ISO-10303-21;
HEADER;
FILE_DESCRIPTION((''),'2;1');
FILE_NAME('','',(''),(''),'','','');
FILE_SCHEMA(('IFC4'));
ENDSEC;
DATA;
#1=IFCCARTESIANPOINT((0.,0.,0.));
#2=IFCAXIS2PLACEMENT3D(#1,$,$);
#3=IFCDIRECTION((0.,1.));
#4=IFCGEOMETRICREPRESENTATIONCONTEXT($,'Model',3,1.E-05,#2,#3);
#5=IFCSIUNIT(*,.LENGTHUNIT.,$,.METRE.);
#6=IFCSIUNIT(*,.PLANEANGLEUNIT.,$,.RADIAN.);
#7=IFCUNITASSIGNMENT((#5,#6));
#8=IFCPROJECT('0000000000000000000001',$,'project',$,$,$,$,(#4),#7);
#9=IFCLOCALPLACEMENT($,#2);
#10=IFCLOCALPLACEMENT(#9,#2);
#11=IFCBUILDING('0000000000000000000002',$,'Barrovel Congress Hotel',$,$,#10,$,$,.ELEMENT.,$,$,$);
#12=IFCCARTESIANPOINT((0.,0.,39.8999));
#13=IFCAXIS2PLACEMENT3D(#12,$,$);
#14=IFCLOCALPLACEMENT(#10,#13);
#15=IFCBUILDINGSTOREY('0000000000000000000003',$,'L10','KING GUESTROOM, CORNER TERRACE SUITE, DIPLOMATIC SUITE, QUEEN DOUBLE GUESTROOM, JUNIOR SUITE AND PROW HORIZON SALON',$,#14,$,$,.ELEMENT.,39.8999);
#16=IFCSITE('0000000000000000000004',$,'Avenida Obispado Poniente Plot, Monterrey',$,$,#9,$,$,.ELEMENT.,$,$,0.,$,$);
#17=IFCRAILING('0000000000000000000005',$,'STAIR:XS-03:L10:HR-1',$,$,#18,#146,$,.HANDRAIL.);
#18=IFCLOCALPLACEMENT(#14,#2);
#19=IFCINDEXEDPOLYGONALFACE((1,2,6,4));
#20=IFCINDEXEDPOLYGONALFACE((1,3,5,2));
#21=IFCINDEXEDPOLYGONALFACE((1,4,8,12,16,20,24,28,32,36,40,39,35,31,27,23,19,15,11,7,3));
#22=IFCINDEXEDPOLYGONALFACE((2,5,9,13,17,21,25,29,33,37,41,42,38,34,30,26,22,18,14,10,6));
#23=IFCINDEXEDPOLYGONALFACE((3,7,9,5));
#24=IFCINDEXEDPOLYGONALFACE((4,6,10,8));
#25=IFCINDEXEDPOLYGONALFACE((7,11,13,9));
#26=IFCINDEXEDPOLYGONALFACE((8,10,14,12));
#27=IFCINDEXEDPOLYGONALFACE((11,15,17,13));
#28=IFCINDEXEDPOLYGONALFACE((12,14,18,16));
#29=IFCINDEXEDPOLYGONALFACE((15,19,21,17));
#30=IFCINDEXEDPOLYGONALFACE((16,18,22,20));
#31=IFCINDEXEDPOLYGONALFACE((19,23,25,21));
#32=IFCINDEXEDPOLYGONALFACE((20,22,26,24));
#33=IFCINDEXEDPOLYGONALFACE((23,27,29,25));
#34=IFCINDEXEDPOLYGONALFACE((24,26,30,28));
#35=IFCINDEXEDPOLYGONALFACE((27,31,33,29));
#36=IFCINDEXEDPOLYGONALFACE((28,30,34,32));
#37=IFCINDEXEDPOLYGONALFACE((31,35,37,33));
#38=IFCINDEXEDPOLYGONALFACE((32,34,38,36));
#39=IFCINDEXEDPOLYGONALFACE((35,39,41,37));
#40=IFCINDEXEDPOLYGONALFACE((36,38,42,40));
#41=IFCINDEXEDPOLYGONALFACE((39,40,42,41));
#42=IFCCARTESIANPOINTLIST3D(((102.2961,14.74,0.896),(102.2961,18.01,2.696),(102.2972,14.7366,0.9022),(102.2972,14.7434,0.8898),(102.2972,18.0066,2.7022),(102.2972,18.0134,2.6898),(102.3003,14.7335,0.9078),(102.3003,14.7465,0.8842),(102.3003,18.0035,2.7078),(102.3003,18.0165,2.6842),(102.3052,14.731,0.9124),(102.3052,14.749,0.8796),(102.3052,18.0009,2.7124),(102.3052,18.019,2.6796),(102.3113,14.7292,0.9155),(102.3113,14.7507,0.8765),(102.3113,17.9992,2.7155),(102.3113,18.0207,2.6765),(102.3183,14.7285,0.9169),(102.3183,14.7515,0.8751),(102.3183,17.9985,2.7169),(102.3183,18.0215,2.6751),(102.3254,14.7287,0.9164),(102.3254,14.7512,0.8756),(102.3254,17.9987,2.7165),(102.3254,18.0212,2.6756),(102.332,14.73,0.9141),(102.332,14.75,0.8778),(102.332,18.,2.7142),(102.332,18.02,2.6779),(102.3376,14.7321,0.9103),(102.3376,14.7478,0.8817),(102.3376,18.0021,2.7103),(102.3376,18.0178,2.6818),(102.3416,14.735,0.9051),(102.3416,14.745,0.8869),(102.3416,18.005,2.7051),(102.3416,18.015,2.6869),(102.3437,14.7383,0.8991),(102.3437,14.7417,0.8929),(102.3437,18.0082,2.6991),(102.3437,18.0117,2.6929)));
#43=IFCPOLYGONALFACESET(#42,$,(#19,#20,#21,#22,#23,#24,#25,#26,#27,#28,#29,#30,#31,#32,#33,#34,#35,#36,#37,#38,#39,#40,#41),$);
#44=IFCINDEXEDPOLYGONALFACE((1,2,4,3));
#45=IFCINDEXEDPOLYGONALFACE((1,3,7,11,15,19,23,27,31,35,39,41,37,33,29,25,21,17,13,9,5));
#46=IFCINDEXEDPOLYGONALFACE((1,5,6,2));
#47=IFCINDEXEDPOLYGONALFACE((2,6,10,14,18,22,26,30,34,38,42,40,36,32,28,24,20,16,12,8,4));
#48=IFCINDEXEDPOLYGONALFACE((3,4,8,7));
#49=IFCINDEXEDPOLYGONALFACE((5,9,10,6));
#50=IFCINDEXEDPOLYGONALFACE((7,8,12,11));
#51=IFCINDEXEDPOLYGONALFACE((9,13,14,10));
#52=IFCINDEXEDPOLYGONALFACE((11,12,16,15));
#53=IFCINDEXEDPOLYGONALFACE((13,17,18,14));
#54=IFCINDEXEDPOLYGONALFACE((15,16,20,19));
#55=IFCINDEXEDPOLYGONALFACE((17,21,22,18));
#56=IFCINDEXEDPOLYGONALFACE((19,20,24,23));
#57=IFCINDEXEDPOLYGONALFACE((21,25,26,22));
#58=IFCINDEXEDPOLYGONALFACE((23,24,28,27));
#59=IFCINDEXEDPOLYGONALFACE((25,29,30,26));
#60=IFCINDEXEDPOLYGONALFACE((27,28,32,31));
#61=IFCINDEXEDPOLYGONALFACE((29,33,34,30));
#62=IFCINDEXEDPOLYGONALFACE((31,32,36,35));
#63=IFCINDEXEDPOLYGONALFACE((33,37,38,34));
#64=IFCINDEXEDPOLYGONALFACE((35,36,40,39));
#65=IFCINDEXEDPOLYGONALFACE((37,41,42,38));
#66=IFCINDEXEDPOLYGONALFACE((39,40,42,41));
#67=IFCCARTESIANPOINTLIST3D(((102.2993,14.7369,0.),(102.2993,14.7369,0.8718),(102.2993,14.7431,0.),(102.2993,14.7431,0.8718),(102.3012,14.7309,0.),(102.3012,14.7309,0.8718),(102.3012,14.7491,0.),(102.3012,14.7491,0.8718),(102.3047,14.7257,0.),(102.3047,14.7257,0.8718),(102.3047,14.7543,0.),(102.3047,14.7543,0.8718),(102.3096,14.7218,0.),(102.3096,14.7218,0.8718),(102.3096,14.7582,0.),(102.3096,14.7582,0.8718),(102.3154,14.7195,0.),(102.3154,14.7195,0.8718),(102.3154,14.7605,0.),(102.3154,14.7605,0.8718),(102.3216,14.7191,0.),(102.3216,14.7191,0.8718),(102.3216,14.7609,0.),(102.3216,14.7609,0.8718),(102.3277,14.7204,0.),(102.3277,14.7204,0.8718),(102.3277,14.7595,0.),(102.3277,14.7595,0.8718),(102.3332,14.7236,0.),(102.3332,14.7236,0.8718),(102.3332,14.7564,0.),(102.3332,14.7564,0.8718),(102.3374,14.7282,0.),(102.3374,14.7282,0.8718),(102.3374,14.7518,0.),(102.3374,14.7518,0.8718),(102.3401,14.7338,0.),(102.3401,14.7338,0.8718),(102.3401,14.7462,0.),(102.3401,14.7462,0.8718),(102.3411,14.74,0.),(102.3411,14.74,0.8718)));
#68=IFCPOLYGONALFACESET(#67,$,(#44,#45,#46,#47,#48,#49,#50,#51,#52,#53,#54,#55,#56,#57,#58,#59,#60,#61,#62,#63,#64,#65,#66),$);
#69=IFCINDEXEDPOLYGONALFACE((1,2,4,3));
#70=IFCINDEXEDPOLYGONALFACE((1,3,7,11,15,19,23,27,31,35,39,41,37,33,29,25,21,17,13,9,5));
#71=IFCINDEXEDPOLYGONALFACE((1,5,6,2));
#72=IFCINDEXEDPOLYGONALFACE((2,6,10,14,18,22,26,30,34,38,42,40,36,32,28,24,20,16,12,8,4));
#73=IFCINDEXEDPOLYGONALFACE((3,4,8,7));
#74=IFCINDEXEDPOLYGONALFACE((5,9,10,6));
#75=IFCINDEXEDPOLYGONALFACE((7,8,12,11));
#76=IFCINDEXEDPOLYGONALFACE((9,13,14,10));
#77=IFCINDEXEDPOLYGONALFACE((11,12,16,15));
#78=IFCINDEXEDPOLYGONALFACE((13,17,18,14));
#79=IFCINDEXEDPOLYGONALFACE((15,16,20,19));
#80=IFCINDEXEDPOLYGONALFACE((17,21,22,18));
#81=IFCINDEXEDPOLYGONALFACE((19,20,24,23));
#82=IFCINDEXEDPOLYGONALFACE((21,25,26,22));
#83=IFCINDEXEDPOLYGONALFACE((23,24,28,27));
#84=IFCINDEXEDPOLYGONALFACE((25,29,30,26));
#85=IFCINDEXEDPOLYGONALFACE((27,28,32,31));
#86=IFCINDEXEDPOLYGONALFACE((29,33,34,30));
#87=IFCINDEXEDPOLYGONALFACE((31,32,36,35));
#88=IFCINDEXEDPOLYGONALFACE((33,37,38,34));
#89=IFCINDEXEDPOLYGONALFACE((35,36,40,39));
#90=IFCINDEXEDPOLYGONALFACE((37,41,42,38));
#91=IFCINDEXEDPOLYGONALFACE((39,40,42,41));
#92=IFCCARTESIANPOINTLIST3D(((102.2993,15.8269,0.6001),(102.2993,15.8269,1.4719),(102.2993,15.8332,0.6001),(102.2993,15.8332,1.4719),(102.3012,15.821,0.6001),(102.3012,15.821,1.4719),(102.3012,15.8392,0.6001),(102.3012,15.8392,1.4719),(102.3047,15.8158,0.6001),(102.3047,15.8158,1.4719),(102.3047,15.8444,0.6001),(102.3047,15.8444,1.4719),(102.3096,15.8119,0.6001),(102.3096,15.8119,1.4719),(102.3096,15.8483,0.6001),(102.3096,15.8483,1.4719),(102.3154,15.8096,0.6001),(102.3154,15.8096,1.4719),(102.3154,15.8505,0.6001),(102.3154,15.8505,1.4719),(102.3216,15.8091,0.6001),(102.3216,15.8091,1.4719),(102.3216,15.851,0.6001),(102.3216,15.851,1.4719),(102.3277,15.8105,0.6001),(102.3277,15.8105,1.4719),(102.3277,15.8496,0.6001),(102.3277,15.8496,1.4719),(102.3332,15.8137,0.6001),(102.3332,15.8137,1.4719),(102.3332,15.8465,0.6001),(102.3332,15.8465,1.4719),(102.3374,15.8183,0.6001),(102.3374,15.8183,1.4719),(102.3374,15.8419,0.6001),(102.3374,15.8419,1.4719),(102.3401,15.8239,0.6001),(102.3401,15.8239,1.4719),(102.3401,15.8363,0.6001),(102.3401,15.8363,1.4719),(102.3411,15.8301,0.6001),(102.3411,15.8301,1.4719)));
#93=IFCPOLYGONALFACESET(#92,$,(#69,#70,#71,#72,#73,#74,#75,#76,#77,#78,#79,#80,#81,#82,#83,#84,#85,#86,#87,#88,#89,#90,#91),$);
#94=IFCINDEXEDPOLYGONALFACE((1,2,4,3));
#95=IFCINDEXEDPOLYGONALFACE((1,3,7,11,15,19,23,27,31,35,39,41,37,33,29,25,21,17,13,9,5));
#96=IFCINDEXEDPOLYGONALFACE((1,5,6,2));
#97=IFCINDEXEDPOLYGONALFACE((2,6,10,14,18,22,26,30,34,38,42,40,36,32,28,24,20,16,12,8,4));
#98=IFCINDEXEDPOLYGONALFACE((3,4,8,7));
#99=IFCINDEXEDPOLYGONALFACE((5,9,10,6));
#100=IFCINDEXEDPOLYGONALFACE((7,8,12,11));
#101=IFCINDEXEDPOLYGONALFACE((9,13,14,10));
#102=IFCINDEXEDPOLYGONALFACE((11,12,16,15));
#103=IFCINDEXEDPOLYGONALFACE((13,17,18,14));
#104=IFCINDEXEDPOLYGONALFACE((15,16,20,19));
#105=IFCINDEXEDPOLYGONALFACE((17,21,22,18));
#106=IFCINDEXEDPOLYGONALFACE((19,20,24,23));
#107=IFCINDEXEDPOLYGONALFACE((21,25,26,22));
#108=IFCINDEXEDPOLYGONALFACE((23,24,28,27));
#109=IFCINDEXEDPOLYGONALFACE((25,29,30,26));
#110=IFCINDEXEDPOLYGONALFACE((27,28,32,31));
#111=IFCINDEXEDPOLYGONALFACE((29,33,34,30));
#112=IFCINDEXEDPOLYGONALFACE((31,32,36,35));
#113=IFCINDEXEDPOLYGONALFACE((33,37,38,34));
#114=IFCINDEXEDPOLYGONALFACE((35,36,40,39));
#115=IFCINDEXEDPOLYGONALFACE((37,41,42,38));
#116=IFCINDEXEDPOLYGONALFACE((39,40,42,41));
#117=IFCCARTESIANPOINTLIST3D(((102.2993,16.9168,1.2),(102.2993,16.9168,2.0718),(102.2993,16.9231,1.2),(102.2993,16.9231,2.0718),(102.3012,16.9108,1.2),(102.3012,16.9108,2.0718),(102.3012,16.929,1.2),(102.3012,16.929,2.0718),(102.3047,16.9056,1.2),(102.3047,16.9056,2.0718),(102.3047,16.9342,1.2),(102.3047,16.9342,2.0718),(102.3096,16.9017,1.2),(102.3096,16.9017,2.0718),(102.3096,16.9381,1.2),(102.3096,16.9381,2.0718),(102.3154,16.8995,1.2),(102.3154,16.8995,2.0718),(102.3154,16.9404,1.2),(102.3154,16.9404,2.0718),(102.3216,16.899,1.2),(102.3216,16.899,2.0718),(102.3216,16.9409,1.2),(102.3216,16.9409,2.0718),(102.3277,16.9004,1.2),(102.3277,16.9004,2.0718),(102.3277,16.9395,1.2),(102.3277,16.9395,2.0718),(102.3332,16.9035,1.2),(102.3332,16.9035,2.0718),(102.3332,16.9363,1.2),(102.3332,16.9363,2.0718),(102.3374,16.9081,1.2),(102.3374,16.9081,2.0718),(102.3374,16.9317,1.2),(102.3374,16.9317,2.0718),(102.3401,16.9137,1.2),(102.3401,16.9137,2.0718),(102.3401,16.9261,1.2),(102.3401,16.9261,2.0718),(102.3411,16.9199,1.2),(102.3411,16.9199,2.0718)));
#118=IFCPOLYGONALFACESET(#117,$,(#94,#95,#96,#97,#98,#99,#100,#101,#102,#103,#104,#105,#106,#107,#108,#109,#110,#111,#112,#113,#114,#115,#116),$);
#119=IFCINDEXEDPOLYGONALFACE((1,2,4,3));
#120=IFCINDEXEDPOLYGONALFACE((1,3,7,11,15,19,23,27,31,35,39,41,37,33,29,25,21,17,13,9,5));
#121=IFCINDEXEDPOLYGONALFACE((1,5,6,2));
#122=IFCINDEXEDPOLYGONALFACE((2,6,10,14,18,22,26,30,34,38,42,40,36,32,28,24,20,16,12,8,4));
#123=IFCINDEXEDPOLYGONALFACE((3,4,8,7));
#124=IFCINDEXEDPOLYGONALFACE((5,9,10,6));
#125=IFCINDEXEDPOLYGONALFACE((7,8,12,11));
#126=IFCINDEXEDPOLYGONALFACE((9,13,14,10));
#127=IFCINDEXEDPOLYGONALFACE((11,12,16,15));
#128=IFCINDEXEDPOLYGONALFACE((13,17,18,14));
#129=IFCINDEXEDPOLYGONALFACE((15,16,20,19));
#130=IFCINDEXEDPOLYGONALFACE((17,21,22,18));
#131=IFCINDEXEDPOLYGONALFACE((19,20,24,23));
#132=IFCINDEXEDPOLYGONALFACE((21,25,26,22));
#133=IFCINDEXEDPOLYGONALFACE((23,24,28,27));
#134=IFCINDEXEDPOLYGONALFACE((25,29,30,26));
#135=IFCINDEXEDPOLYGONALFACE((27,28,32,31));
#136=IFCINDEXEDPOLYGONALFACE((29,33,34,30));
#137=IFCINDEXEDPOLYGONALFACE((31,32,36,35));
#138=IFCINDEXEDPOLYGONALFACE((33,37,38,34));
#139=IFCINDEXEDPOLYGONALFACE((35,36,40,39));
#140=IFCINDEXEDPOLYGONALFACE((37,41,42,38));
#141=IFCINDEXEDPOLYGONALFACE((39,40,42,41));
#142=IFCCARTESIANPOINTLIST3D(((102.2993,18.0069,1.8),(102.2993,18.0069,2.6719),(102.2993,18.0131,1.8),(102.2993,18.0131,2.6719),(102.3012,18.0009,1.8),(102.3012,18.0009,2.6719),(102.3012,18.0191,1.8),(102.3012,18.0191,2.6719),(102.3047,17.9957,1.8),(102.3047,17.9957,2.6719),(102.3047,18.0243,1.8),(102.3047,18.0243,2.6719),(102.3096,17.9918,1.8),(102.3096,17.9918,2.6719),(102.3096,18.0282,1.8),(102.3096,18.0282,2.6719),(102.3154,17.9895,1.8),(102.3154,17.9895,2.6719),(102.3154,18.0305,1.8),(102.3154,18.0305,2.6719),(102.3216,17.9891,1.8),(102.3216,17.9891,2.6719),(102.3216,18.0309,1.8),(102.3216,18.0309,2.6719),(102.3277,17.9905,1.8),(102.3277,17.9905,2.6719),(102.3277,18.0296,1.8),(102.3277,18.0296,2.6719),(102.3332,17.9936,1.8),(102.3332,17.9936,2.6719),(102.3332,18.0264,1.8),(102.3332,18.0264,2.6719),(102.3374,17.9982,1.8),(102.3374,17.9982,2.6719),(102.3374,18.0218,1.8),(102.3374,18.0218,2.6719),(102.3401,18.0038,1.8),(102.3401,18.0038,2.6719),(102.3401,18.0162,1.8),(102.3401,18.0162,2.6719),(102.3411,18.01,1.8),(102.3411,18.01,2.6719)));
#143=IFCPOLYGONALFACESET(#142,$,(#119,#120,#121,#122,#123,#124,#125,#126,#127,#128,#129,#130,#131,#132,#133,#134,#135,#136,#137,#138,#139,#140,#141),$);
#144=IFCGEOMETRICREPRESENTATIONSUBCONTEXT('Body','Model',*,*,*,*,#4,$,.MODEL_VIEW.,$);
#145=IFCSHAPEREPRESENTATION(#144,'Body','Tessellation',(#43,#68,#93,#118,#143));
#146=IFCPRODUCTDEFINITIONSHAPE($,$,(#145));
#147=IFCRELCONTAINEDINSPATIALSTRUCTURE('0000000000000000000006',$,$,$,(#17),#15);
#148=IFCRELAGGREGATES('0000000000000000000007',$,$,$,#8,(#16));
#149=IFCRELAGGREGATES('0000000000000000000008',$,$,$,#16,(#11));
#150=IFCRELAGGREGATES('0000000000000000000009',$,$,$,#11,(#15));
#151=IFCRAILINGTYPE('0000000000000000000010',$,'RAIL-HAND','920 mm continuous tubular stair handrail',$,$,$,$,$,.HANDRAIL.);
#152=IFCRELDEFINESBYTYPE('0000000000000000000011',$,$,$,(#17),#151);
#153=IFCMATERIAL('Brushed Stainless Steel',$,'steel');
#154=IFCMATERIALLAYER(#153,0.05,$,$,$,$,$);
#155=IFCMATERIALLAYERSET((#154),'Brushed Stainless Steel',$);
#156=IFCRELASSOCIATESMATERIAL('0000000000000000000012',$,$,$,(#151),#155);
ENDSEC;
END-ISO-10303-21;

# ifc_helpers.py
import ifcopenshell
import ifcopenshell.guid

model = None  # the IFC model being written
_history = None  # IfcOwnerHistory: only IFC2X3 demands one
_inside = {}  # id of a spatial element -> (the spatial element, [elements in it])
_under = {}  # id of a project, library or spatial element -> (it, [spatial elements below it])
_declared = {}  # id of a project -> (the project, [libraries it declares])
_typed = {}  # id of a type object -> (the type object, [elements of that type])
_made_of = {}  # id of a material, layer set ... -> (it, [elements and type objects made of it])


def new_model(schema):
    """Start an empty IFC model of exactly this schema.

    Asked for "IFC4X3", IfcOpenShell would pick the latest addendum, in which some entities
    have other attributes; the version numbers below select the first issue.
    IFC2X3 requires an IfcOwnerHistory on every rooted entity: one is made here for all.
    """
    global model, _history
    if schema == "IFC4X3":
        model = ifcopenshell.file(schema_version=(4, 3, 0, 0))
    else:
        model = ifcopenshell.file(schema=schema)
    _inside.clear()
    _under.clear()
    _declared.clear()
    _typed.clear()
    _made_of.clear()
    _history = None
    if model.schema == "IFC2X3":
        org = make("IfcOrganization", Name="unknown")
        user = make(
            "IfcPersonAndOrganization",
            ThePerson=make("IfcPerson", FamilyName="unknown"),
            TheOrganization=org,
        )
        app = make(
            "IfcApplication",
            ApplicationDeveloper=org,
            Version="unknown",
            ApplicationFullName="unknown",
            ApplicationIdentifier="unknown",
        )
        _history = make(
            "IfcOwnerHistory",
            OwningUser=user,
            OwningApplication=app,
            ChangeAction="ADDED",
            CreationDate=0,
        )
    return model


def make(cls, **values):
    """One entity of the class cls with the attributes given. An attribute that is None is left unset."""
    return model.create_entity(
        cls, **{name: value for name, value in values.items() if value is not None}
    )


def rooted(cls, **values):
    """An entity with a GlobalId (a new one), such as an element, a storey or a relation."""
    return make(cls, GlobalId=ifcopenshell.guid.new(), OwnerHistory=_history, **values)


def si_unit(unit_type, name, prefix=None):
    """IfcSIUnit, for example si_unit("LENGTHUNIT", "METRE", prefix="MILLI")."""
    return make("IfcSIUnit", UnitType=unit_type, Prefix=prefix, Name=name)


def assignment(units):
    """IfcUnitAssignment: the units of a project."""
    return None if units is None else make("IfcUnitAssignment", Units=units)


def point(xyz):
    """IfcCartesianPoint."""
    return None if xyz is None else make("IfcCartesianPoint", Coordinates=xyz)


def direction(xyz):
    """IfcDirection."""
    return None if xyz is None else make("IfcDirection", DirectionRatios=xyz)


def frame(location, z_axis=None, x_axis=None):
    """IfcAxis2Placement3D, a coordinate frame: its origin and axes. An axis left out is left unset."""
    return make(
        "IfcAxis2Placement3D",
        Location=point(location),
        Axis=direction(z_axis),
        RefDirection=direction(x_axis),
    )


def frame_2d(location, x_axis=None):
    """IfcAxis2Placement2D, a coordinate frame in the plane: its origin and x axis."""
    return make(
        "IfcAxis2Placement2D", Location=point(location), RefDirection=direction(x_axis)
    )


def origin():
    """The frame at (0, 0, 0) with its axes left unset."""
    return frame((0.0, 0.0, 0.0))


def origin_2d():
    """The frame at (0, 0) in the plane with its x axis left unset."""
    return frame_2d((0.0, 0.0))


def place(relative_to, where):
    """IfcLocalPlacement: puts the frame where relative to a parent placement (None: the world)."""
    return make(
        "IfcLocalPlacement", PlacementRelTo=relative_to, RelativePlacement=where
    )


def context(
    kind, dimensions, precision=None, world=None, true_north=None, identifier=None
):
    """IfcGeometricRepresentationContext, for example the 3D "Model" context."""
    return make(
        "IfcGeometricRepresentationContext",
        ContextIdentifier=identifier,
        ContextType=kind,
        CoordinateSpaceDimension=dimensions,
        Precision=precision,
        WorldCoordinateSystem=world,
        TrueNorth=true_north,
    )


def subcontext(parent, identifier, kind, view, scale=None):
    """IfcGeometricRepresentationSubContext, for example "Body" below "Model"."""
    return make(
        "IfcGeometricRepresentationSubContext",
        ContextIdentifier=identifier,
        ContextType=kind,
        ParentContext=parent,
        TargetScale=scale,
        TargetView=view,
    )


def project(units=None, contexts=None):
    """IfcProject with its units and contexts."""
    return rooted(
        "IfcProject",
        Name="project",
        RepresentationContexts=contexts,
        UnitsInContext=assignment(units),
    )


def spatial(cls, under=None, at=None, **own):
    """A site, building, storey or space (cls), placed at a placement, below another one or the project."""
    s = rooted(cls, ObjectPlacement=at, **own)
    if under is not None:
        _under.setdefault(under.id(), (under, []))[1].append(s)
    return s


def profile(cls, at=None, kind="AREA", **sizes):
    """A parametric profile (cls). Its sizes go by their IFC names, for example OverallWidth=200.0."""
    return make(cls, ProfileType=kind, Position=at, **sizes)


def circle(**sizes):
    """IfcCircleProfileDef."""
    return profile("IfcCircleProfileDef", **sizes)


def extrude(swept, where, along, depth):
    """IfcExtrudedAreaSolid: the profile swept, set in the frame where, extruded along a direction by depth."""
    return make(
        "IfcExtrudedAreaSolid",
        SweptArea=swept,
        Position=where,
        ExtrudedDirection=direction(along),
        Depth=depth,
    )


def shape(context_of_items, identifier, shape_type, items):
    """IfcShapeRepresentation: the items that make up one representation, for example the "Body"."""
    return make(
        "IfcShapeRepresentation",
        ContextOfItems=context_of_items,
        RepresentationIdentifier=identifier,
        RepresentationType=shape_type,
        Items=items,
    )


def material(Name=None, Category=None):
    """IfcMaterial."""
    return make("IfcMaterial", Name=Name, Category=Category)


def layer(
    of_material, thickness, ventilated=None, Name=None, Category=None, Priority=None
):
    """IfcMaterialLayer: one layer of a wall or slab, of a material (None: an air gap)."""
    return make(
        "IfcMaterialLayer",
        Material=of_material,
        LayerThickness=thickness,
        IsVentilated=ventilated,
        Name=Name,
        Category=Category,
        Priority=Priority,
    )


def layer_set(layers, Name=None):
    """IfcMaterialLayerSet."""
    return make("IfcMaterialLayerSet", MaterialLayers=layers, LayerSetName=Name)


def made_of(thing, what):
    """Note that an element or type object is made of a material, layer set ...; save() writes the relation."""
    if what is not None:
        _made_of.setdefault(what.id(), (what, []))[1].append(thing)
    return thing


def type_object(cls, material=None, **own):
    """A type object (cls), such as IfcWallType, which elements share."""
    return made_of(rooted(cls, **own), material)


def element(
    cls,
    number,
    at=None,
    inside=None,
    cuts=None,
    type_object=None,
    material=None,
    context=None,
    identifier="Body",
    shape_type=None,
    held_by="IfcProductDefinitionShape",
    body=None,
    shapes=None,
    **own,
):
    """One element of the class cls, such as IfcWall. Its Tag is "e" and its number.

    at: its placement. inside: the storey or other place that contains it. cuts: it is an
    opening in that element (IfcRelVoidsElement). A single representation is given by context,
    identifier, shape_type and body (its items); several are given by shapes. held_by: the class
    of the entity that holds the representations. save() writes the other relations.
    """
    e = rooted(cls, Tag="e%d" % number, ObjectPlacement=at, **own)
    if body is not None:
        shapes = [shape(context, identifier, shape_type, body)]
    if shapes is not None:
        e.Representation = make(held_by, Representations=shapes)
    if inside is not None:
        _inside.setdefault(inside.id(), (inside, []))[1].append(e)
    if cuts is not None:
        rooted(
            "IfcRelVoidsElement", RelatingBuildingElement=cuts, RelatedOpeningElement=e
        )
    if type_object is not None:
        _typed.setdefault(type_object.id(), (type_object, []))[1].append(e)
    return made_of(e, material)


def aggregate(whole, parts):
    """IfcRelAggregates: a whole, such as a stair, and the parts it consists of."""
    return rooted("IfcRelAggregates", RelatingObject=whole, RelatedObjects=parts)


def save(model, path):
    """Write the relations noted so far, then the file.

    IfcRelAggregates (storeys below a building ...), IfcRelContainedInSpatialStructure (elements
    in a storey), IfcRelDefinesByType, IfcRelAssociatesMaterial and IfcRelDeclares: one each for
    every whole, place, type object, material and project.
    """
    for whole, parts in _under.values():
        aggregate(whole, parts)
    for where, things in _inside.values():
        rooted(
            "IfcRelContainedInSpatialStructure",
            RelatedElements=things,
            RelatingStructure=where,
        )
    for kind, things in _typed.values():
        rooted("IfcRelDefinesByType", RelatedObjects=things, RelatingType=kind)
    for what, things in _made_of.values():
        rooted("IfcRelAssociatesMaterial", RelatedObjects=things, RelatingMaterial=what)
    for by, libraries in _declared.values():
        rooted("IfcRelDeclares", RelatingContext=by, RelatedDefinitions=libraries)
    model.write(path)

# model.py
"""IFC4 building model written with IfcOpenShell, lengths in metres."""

from ifc_helpers import new_model, si_unit, direction, frame, origin, origin_2d, place, context, subcontext, project, spatial, circle, extrude, material, layer, layer_set, type_object, element, save


model = new_model("IFC4")

# Units and contexts
model_context = context("Model", 3, precision=1e-05, world=origin(), true_north=direction((0.0, 1.0)))
body_context = subcontext(model_context, "Body", "Model", "MODEL_VIEW")
ifc_project = project(units=[si_unit("LENGTHUNIT", "METRE"), si_unit("PLANEANGLEUNIT", "RADIAN")], contexts=[model_context])

# Site, building, storey
site_placement = place(None, origin())
site = spatial("IfcSite", under=ifc_project, at=site_placement, Name="Avenida Obispado Poniente Plot, Monterrey", CompositionType="ELEMENT", RefElevation=0.0)
building_placement = place(site_placement, origin())
building = spatial("IfcBuilding", under=site, at=building_placement, Name="Barrovel Congress Hotel", CompositionType="ELEMENT")
storey_placement = place(building_placement, frame((0.0, 0.0, 39.8999)))
storey = spatial("IfcBuildingStorey", under=building, at=storey_placement, Name="L10", Description="KING GUESTROOM, CORNER TERRACE SUITE, DIPLOMATIC SUITE, QUEEN DOUBLE GUESTROOM, JUNIOR SUITE AND PROW HORIZON SALON", CompositionType="ELEMENT", Elevation=39.8999)

# Railing
ifc_material_1 = material(Name="Brushed Stainless Steel", Category="steel")
ifc_layer_1 = layer(ifc_material_1, 0.05)
ifc_layer_set_1 = layer_set([ifc_layer_1], Name="Brushed Stainless Steel")
railing_type_1 = type_object("IfcRailingType", Name="RAIL-HAND", Description="920 mm continuous tubular stair handrail", PredefinedType="HANDRAIL", material=ifc_layer_set_1)
railing_1_placement = place(storey_placement, frame((102.3201, 14.74, 0.0)))
element("IfcRailing", 1, at=railing_1_placement, inside=storey, type_object=railing_type_1, Name="STAIR:XS-03:L10:HR-1", PredefinedType="HANDRAIL", context=body_context, shape_type="SweptSolid", body=[
    extrude(circle(Radius=0.0239, at=origin_2d()), frame((0.0, 0.0, 0.896), z_axis=(0.0, 0.876042, 0.482235), x_axis=(-1.0, 0.0, 0.0)), (0.0, 0.0, 1.0), 3.7327),
    extrude(circle(Radius=0.021, at=origin_2d()), origin(), (0.0, 0.0, 1.0), 0.8718),
    extrude(circle(Radius=0.021, at=origin_2d()), frame((0.0, 1.0901, 0.6001)), (0.0, 0.0, 1.0), 0.8718),
    extrude(circle(Radius=0.021, at=origin_2d()), frame((0.0, 2.1799, 1.2)), (0.0, 0.0, 1.0), 0.8718),
    extrude(circle(Radius=0.021, at=origin_2d()), frame((0.0, 3.27, 1.8)), (0.0, 0.0, 1.0), 0.8718),
])

save(model, "model.ifc")
